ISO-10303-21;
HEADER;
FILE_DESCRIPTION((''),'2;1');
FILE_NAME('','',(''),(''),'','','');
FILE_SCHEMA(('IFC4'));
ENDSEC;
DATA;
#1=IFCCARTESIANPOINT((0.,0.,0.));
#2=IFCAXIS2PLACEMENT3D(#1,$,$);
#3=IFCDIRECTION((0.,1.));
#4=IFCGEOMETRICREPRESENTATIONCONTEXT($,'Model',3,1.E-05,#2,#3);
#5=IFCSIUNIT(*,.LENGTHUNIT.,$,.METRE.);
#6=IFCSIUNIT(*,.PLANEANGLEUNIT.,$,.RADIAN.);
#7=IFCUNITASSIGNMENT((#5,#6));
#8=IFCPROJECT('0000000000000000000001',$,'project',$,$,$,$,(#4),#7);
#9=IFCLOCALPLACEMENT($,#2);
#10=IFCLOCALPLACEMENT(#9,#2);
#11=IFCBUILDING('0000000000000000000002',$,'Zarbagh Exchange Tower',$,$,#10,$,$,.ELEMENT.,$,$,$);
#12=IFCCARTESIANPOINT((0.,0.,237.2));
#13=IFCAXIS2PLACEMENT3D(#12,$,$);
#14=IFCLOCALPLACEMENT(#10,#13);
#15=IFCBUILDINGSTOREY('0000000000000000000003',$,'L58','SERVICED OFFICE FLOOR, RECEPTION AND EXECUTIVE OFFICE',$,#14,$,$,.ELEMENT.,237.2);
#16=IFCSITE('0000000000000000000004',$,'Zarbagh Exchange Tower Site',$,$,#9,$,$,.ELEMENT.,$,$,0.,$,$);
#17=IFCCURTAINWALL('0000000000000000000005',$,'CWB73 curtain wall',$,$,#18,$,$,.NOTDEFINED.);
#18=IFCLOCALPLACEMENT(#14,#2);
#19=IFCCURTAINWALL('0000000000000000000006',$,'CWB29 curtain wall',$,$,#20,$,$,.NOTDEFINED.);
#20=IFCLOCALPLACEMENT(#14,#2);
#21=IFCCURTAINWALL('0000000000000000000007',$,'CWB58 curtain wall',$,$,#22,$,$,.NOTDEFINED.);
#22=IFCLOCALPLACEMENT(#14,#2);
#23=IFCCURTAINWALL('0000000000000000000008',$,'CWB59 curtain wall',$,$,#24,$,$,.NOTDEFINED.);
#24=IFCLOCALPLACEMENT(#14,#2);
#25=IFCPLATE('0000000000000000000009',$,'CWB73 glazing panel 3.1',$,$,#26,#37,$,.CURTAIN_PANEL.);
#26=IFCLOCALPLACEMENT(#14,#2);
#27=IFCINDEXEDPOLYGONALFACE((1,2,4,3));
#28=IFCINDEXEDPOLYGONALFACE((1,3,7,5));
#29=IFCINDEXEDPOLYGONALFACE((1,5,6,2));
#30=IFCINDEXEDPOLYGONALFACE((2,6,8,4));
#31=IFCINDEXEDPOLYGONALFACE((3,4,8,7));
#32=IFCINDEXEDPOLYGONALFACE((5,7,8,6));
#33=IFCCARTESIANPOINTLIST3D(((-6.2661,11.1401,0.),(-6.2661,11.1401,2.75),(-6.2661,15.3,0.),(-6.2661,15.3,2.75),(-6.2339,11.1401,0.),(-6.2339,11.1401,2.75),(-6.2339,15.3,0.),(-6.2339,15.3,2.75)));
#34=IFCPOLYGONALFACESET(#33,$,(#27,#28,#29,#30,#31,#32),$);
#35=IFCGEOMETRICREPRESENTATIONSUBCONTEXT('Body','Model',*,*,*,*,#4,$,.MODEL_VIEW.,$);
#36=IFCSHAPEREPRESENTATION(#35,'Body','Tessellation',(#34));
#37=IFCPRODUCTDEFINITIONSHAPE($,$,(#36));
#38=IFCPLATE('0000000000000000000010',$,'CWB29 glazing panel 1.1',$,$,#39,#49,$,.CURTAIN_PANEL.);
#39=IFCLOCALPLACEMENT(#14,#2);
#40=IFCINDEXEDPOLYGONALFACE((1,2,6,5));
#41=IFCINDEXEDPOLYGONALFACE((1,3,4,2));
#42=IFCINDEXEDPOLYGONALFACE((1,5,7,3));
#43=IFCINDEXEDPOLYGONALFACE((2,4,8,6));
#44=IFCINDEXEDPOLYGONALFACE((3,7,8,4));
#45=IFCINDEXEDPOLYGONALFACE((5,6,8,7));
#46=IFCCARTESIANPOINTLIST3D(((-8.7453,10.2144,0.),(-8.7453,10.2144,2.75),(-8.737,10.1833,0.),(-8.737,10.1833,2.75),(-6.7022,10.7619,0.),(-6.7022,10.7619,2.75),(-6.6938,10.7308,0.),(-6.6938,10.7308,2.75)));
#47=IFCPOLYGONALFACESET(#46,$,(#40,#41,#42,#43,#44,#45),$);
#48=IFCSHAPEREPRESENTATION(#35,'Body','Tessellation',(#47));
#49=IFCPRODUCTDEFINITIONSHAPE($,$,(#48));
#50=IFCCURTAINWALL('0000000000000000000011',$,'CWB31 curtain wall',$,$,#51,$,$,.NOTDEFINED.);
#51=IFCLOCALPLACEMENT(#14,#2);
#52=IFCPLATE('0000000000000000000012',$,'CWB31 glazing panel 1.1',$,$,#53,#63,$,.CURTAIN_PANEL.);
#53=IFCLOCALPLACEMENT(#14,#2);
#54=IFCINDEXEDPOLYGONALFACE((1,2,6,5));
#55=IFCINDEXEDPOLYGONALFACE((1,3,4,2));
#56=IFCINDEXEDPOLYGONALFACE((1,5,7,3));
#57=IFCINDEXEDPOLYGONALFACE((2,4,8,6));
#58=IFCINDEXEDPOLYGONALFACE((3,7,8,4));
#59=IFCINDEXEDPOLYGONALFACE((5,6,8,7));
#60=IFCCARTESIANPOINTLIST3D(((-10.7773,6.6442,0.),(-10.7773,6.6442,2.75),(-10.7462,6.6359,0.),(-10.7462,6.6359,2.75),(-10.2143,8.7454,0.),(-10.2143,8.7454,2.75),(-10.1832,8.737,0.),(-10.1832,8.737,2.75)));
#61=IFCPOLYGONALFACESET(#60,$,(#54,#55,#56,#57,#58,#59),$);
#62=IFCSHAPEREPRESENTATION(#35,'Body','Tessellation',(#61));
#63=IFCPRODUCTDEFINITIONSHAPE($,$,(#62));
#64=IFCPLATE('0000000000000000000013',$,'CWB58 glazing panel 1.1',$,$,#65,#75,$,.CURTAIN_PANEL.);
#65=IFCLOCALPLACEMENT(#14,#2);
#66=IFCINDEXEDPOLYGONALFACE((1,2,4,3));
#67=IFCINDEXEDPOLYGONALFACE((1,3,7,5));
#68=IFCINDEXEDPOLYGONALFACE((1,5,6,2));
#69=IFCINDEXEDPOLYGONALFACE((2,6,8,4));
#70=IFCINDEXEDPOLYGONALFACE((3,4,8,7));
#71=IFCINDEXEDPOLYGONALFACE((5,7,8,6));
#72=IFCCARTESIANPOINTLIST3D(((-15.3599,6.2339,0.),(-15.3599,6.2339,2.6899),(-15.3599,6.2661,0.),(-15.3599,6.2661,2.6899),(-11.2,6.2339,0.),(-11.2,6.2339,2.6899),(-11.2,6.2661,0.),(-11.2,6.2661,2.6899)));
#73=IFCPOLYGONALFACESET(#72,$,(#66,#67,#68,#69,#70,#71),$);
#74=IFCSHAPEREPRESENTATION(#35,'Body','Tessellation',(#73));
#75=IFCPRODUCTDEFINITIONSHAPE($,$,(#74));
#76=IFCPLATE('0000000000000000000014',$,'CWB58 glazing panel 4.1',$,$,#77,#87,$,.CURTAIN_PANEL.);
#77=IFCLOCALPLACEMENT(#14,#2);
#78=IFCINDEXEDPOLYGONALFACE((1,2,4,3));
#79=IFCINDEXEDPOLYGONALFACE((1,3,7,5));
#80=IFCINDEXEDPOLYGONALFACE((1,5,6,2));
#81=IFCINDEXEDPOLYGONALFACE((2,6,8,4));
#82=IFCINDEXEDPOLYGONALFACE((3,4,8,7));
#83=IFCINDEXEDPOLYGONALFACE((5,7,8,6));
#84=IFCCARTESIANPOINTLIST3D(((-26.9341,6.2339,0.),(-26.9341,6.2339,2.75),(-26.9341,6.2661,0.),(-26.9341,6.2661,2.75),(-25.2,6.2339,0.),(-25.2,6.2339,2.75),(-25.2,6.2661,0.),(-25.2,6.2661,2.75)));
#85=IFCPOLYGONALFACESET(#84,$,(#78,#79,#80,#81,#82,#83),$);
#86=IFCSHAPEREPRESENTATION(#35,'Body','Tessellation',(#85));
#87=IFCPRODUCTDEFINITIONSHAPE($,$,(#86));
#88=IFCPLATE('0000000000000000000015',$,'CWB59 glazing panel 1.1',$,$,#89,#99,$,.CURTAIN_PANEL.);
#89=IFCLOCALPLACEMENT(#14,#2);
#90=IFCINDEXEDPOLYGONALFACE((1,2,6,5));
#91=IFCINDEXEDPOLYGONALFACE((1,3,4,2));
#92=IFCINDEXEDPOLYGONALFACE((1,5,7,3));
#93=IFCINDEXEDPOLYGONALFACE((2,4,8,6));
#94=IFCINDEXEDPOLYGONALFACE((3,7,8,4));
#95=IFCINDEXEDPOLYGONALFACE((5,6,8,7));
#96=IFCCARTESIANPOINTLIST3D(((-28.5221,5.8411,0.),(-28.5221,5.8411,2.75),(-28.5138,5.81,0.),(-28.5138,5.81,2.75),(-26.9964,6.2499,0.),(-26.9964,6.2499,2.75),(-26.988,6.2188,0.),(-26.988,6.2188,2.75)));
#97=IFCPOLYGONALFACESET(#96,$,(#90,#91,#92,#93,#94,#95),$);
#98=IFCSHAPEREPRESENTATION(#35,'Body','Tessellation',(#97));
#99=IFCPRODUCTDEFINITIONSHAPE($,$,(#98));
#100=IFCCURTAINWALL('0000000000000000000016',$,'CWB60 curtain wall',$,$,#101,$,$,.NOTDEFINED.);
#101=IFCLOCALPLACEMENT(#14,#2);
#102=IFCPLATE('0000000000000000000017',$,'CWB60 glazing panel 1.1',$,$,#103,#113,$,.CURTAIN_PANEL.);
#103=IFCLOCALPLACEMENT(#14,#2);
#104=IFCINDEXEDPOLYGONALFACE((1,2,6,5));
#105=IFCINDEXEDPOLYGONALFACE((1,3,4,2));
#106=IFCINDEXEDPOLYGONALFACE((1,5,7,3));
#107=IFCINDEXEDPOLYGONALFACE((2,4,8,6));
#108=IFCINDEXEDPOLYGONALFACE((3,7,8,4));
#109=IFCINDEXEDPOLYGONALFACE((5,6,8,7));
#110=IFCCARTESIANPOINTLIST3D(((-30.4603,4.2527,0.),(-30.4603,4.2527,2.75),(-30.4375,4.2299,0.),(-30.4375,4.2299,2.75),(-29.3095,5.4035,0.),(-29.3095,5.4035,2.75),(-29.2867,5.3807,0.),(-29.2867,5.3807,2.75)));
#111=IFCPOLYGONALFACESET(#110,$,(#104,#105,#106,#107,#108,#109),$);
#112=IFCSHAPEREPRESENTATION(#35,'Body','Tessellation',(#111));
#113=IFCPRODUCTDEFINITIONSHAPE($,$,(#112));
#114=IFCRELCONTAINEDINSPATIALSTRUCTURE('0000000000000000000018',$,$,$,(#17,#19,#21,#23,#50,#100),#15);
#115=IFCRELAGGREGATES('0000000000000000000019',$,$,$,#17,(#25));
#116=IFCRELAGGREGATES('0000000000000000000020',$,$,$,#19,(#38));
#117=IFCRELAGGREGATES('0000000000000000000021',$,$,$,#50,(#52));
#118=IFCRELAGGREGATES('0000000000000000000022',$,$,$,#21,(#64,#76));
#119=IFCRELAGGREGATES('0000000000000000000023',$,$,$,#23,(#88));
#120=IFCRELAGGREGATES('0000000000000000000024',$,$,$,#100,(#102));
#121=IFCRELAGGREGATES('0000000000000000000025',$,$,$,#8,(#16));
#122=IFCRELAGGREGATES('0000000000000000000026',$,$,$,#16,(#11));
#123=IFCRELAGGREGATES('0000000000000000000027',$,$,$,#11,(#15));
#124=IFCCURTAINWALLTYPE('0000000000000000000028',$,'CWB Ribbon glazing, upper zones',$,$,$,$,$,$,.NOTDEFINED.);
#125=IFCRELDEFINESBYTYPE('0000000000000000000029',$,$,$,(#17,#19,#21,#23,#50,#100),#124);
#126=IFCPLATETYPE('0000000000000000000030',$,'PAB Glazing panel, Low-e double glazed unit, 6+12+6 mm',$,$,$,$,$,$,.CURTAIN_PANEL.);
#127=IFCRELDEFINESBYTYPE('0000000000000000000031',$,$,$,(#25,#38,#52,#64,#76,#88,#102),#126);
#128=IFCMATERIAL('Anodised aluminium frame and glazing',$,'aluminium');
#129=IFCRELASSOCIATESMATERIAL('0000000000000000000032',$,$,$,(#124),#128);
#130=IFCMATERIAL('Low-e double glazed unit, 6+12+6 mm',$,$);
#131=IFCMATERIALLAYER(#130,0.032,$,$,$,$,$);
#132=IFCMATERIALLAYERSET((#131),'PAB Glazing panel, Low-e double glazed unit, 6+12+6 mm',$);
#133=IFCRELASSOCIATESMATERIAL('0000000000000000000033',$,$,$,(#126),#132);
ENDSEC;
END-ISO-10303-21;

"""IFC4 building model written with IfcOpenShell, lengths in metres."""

from ifc_helpers import new_model, si_unit, direction, frame, origin, place, context, subcontext, project, spatial, polyline, outline, extrude, source, transform, mapped, material, layer, layer_set, type_object, element, aggregate, save


model = new_model("IFC4")

# Units and contexts
model_context = context("Model", 3, precision=1e-05, world=origin(), true_north=direction((0.0, 1.0)))
body_context = subcontext(model_context, "Body", "Model", "MODEL_VIEW")
ifc_project = project(units=[si_unit("LENGTHUNIT", "METRE"), si_unit("PLANEANGLEUNIT", "RADIAN")], contexts=[model_context])

# Site, building, storey
site_placement = place(None, origin())
site = spatial("IfcSite", under=ifc_project, at=site_placement, Name="Zarbagh Exchange Tower Site", CompositionType="ELEMENT", RefElevation=0.0)
building_placement = place(site_placement, origin())
building = spatial("IfcBuilding", under=site, at=building_placement, Name="Zarbagh Exchange Tower", CompositionType="ELEMENT")
storey_placement = place(building_placement, frame((0.0, 0.0, 237.2)))
storey = spatial("IfcBuildingStorey", under=building, at=storey_placement, Name="L58", Description="SERVICED OFFICE FLOOR, RECEPTION AND EXECUTIVE OFFICE", CompositionType="ELEMENT", Elevation=237.2)

# Curtain walls
ifc_material_1 = material(Name="Anodised aluminium frame and glazing", Category="aluminium")
curtain_wall_type = type_object("IfcCurtainWallType", Name="CWB Ribbon glazing, upper zones", PredefinedType="NOTDEFINED", material=ifc_material_1)
curtain_wall_1_placement = place(storey_placement, origin())
curtain_wall_1 = element("IfcCurtainWall", 1, at=curtain_wall_1_placement, inside=storey, type_object=curtain_wall_type, Name="CWB73 curtain wall", PredefinedType="NOTDEFINED")
placement = place(storey_placement, origin())
curtain_wall_2_placement = place(storey_placement, origin())
curtain_wall_2 = element("IfcCurtainWall", 2, at=curtain_wall_2_placement, inside=storey, type_object=curtain_wall_type, Name="CWB29 curtain wall", PredefinedType="NOTDEFINED")

# Curtain wall
curtain_wall_3_placement = place(storey_placement, origin())
curtain_wall_3 = element("IfcCurtainWall", 3, at=curtain_wall_3_placement, inside=storey, type_object=curtain_wall_type, Name="CWB58 curtain wall", PredefinedType="NOTDEFINED")

# Curtain wall
curtain_wall_4_placement = place(storey_placement, origin())
curtain_wall_4 = element("IfcCurtainWall", 4, at=curtain_wall_4_placement, inside=storey, type_object=curtain_wall_type, Name="CWB59 curtain wall", PredefinedType="NOTDEFINED")

# Shared definitions
ifc_material_2 = material(Name="Low-e double glazed unit, 6+12+6 mm")
ifc_layer = layer(ifc_material_2, 0.032)
ifc_layer_set = layer_set([ifc_layer], Name="PAB Glazing panel, Low-e double glazed unit, 6+12+6 mm")
plate_type = type_object("IfcPlateType", Name="PAB Glazing panel, Low-e double glazed unit, 6+12+6 mm", PredefinedType="CURTAIN_PANEL", material=ifc_layer_set)

# Plates
shared_shape_1 = source(origin(), body_context, "Body", "SweptSolid", [
    extrude(outline(polyline([(0.0, -0.0161), (4.1599, -0.0161), (4.1599, 0.0161), (0.0, 0.0161), (0.0, -0.0161)])), origin(), (0.0, 0.0, 1.0), 2.75),
])
plate_1 = element("IfcPlate", 5, at=placement, type_object=plate_type, Name="CWB73 glazing panel 3.1", PredefinedType="CURTAIN_PANEL", context=body_context, shape_type="MappedRepresentation", body=[
    mapped(shared_shape_1, transform((-6.25, 15.3, 0.0), x_axis=(0.0, -1.0, 0.0), y_axis=(1.0, 0.0, 0.0), z_axis=(0.0, 0.0, 1.0))),
])
aggregate(curtain_wall_1, [plate_1])
shared_shape_2 = source(origin(), body_context, "Body", "SweptSolid", [
    extrude(outline(polyline([(0.0, -0.0161), (2.1152, -0.0161), (2.1152, 0.0161), (0.0, 0.0161), (0.0, -0.0161)])), origin(), (0.0, 0.0, 1.0), 2.75),
])
plate_2 = element("IfcPlate", 6, at=placement, type_object=plate_type, Name="CWB29 glazing panel 1.1", PredefinedType="CURTAIN_PANEL", context=body_context, shape_type="MappedRepresentation", body=[
    mapped(shared_shape_2, transform((-6.698, 10.7463, 0.0), x_axis=(-0.965924, -0.258825, 0.0), y_axis=(0.258825, -0.965924, 0.0), z_axis=(0.0, 0.0, 1.0))),
])
aggregate(curtain_wall_2, [plate_2])

# Curtain wall, plate
curtain_wall_5_placement = place(storey_placement, origin())
curtain_wall_5 = element("IfcCurtainWall", 7, at=curtain_wall_5_placement, inside=storey, type_object=curtain_wall_type, Name="CWB31 curtain wall", PredefinedType="NOTDEFINED")
shared_shape_3 = source(origin(), body_context, "Body", "SweptSolid", [
    extrude(outline(polyline([(0.0, -0.0161), (2.1753, -0.0161), (2.1753, 0.0161), (0.0, 0.0161), (0.0, -0.0161)])), origin(), (0.0, 0.0, 1.0), 2.75),
])
plate_3 = element("IfcPlate", 8, at=placement, type_object=plate_type, Name="CWB31 glazing panel 1.1", PredefinedType="CURTAIN_PANEL", context=body_context, shape_type="MappedRepresentation", body=[
    mapped(shared_shape_3, transform((-10.1987, 8.7412, 0.0), x_axis=(-0.258825, -0.965924, 0.0), y_axis=(0.965924, -0.258825, 0.0), z_axis=(0.0, 0.0, 1.0))),
])
aggregate(curtain_wall_5, [plate_3])

# Plates
shared_shape_4 = source(origin(), body_context, "Body", "SweptSolid", [
    extrude(outline(polyline([(0.0, -0.0161), (4.1599, -0.0161), (4.1599, 0.0161), (0.0, 0.0161), (0.0, -0.0161)])), origin(), (0.0, 0.0, 1.0), 2.6899),
])
plate_4 = element("IfcPlate", 9, at=placement, type_object=plate_type, Name="CWB58 glazing panel 1.1", PredefinedType="CURTAIN_PANEL", context=body_context, shape_type="MappedRepresentation", body=[
    mapped(shared_shape_4, transform((-11.2, 6.25, 0.0), x_axis=(-1.0, 0.0, 0.0), y_axis=(0.0, -1.0, 0.0), z_axis=(0.0, 0.0, 1.0))),
])
shared_shape_5 = source(origin(), body_context, "Body", "SweptSolid", [
    extrude(outline(polyline([(0.0, -0.0161), (1.7341, -0.0161), (1.7341, 0.0161), (0.0, 0.0161), (0.0, -0.0161)])), origin(), (0.0, 0.0, 1.0), 2.75),
])
plate_5 = element("IfcPlate", 10, at=placement, type_object=plate_type, Name="CWB58 glazing panel 4.1", PredefinedType="CURTAIN_PANEL", context=body_context, shape_type="MappedRepresentation", body=[
    mapped(shared_shape_5, transform((-25.2, 6.25, 0.0), x_axis=(-1.0, 0.0, 0.0), y_axis=(0.0, -1.0, 0.0), z_axis=(0.0, 0.0, 1.0))),
])
aggregate(curtain_wall_3, [plate_4, plate_5])
shared_shape_6 = source(origin(), body_context, "Body", "SweptSolid", [
    extrude(outline(polyline([(0.0, -0.0161), (1.5796, -0.0161), (1.5796, 0.0161), (0.0, 0.0161), (0.0, -0.0161)])), origin(), (0.0, 0.0, 1.0), 2.75),
])
plate_6 = element("IfcPlate", 11, at=placement, type_object=plate_type, Name="CWB59 glazing panel 1.1", PredefinedType="CURTAIN_PANEL", context=body_context, shape_type="MappedRepresentation", body=[
    mapped(shared_shape_6, transform((-26.9922, 6.2344, 0.0), x_axis=(-0.965924, -0.258825, 0.0), y_axis=(0.258825, -0.965924, 0.0), z_axis=(0.0, 0.0, 1.0))),
])
aggregate(curtain_wall_4, [plate_6])

# Curtain wall, plate
curtain_wall_6_placement = place(storey_placement, origin())
curtain_wall_6 = element("IfcCurtainWall", 12, at=curtain_wall_6_placement, inside=storey, type_object=curtain_wall_type, Name="CWB60 curtain wall", PredefinedType="NOTDEFINED")
shared_shape_7 = source(origin(), body_context, "Body", "SweptSolid", [
    extrude(outline(polyline([(0.0, -0.0161), (1.6274, -0.0161), (1.6274, 0.0161), (0.0, 0.0161), (0.0, -0.0161)])), origin(), (0.0, 0.0, 1.0), 2.75),
])
plate_7 = element("IfcPlate", 13, at=placement, type_object=plate_type, Name="CWB60 glazing panel 1.1", PredefinedType="CURTAIN_PANEL", context=body_context, shape_type="MappedRepresentation", body=[
    mapped(shared_shape_7, transform((-29.2981, 5.3921, 0.0), x_axis=(-0.707107, -0.707107, 0.0), y_axis=(0.707107, -0.707107, 0.0), z_axis=(0.0, 0.0, 1.0))),
])
aggregate(curtain_wall_6, [plate_7])

save(model, "model.ifc")
